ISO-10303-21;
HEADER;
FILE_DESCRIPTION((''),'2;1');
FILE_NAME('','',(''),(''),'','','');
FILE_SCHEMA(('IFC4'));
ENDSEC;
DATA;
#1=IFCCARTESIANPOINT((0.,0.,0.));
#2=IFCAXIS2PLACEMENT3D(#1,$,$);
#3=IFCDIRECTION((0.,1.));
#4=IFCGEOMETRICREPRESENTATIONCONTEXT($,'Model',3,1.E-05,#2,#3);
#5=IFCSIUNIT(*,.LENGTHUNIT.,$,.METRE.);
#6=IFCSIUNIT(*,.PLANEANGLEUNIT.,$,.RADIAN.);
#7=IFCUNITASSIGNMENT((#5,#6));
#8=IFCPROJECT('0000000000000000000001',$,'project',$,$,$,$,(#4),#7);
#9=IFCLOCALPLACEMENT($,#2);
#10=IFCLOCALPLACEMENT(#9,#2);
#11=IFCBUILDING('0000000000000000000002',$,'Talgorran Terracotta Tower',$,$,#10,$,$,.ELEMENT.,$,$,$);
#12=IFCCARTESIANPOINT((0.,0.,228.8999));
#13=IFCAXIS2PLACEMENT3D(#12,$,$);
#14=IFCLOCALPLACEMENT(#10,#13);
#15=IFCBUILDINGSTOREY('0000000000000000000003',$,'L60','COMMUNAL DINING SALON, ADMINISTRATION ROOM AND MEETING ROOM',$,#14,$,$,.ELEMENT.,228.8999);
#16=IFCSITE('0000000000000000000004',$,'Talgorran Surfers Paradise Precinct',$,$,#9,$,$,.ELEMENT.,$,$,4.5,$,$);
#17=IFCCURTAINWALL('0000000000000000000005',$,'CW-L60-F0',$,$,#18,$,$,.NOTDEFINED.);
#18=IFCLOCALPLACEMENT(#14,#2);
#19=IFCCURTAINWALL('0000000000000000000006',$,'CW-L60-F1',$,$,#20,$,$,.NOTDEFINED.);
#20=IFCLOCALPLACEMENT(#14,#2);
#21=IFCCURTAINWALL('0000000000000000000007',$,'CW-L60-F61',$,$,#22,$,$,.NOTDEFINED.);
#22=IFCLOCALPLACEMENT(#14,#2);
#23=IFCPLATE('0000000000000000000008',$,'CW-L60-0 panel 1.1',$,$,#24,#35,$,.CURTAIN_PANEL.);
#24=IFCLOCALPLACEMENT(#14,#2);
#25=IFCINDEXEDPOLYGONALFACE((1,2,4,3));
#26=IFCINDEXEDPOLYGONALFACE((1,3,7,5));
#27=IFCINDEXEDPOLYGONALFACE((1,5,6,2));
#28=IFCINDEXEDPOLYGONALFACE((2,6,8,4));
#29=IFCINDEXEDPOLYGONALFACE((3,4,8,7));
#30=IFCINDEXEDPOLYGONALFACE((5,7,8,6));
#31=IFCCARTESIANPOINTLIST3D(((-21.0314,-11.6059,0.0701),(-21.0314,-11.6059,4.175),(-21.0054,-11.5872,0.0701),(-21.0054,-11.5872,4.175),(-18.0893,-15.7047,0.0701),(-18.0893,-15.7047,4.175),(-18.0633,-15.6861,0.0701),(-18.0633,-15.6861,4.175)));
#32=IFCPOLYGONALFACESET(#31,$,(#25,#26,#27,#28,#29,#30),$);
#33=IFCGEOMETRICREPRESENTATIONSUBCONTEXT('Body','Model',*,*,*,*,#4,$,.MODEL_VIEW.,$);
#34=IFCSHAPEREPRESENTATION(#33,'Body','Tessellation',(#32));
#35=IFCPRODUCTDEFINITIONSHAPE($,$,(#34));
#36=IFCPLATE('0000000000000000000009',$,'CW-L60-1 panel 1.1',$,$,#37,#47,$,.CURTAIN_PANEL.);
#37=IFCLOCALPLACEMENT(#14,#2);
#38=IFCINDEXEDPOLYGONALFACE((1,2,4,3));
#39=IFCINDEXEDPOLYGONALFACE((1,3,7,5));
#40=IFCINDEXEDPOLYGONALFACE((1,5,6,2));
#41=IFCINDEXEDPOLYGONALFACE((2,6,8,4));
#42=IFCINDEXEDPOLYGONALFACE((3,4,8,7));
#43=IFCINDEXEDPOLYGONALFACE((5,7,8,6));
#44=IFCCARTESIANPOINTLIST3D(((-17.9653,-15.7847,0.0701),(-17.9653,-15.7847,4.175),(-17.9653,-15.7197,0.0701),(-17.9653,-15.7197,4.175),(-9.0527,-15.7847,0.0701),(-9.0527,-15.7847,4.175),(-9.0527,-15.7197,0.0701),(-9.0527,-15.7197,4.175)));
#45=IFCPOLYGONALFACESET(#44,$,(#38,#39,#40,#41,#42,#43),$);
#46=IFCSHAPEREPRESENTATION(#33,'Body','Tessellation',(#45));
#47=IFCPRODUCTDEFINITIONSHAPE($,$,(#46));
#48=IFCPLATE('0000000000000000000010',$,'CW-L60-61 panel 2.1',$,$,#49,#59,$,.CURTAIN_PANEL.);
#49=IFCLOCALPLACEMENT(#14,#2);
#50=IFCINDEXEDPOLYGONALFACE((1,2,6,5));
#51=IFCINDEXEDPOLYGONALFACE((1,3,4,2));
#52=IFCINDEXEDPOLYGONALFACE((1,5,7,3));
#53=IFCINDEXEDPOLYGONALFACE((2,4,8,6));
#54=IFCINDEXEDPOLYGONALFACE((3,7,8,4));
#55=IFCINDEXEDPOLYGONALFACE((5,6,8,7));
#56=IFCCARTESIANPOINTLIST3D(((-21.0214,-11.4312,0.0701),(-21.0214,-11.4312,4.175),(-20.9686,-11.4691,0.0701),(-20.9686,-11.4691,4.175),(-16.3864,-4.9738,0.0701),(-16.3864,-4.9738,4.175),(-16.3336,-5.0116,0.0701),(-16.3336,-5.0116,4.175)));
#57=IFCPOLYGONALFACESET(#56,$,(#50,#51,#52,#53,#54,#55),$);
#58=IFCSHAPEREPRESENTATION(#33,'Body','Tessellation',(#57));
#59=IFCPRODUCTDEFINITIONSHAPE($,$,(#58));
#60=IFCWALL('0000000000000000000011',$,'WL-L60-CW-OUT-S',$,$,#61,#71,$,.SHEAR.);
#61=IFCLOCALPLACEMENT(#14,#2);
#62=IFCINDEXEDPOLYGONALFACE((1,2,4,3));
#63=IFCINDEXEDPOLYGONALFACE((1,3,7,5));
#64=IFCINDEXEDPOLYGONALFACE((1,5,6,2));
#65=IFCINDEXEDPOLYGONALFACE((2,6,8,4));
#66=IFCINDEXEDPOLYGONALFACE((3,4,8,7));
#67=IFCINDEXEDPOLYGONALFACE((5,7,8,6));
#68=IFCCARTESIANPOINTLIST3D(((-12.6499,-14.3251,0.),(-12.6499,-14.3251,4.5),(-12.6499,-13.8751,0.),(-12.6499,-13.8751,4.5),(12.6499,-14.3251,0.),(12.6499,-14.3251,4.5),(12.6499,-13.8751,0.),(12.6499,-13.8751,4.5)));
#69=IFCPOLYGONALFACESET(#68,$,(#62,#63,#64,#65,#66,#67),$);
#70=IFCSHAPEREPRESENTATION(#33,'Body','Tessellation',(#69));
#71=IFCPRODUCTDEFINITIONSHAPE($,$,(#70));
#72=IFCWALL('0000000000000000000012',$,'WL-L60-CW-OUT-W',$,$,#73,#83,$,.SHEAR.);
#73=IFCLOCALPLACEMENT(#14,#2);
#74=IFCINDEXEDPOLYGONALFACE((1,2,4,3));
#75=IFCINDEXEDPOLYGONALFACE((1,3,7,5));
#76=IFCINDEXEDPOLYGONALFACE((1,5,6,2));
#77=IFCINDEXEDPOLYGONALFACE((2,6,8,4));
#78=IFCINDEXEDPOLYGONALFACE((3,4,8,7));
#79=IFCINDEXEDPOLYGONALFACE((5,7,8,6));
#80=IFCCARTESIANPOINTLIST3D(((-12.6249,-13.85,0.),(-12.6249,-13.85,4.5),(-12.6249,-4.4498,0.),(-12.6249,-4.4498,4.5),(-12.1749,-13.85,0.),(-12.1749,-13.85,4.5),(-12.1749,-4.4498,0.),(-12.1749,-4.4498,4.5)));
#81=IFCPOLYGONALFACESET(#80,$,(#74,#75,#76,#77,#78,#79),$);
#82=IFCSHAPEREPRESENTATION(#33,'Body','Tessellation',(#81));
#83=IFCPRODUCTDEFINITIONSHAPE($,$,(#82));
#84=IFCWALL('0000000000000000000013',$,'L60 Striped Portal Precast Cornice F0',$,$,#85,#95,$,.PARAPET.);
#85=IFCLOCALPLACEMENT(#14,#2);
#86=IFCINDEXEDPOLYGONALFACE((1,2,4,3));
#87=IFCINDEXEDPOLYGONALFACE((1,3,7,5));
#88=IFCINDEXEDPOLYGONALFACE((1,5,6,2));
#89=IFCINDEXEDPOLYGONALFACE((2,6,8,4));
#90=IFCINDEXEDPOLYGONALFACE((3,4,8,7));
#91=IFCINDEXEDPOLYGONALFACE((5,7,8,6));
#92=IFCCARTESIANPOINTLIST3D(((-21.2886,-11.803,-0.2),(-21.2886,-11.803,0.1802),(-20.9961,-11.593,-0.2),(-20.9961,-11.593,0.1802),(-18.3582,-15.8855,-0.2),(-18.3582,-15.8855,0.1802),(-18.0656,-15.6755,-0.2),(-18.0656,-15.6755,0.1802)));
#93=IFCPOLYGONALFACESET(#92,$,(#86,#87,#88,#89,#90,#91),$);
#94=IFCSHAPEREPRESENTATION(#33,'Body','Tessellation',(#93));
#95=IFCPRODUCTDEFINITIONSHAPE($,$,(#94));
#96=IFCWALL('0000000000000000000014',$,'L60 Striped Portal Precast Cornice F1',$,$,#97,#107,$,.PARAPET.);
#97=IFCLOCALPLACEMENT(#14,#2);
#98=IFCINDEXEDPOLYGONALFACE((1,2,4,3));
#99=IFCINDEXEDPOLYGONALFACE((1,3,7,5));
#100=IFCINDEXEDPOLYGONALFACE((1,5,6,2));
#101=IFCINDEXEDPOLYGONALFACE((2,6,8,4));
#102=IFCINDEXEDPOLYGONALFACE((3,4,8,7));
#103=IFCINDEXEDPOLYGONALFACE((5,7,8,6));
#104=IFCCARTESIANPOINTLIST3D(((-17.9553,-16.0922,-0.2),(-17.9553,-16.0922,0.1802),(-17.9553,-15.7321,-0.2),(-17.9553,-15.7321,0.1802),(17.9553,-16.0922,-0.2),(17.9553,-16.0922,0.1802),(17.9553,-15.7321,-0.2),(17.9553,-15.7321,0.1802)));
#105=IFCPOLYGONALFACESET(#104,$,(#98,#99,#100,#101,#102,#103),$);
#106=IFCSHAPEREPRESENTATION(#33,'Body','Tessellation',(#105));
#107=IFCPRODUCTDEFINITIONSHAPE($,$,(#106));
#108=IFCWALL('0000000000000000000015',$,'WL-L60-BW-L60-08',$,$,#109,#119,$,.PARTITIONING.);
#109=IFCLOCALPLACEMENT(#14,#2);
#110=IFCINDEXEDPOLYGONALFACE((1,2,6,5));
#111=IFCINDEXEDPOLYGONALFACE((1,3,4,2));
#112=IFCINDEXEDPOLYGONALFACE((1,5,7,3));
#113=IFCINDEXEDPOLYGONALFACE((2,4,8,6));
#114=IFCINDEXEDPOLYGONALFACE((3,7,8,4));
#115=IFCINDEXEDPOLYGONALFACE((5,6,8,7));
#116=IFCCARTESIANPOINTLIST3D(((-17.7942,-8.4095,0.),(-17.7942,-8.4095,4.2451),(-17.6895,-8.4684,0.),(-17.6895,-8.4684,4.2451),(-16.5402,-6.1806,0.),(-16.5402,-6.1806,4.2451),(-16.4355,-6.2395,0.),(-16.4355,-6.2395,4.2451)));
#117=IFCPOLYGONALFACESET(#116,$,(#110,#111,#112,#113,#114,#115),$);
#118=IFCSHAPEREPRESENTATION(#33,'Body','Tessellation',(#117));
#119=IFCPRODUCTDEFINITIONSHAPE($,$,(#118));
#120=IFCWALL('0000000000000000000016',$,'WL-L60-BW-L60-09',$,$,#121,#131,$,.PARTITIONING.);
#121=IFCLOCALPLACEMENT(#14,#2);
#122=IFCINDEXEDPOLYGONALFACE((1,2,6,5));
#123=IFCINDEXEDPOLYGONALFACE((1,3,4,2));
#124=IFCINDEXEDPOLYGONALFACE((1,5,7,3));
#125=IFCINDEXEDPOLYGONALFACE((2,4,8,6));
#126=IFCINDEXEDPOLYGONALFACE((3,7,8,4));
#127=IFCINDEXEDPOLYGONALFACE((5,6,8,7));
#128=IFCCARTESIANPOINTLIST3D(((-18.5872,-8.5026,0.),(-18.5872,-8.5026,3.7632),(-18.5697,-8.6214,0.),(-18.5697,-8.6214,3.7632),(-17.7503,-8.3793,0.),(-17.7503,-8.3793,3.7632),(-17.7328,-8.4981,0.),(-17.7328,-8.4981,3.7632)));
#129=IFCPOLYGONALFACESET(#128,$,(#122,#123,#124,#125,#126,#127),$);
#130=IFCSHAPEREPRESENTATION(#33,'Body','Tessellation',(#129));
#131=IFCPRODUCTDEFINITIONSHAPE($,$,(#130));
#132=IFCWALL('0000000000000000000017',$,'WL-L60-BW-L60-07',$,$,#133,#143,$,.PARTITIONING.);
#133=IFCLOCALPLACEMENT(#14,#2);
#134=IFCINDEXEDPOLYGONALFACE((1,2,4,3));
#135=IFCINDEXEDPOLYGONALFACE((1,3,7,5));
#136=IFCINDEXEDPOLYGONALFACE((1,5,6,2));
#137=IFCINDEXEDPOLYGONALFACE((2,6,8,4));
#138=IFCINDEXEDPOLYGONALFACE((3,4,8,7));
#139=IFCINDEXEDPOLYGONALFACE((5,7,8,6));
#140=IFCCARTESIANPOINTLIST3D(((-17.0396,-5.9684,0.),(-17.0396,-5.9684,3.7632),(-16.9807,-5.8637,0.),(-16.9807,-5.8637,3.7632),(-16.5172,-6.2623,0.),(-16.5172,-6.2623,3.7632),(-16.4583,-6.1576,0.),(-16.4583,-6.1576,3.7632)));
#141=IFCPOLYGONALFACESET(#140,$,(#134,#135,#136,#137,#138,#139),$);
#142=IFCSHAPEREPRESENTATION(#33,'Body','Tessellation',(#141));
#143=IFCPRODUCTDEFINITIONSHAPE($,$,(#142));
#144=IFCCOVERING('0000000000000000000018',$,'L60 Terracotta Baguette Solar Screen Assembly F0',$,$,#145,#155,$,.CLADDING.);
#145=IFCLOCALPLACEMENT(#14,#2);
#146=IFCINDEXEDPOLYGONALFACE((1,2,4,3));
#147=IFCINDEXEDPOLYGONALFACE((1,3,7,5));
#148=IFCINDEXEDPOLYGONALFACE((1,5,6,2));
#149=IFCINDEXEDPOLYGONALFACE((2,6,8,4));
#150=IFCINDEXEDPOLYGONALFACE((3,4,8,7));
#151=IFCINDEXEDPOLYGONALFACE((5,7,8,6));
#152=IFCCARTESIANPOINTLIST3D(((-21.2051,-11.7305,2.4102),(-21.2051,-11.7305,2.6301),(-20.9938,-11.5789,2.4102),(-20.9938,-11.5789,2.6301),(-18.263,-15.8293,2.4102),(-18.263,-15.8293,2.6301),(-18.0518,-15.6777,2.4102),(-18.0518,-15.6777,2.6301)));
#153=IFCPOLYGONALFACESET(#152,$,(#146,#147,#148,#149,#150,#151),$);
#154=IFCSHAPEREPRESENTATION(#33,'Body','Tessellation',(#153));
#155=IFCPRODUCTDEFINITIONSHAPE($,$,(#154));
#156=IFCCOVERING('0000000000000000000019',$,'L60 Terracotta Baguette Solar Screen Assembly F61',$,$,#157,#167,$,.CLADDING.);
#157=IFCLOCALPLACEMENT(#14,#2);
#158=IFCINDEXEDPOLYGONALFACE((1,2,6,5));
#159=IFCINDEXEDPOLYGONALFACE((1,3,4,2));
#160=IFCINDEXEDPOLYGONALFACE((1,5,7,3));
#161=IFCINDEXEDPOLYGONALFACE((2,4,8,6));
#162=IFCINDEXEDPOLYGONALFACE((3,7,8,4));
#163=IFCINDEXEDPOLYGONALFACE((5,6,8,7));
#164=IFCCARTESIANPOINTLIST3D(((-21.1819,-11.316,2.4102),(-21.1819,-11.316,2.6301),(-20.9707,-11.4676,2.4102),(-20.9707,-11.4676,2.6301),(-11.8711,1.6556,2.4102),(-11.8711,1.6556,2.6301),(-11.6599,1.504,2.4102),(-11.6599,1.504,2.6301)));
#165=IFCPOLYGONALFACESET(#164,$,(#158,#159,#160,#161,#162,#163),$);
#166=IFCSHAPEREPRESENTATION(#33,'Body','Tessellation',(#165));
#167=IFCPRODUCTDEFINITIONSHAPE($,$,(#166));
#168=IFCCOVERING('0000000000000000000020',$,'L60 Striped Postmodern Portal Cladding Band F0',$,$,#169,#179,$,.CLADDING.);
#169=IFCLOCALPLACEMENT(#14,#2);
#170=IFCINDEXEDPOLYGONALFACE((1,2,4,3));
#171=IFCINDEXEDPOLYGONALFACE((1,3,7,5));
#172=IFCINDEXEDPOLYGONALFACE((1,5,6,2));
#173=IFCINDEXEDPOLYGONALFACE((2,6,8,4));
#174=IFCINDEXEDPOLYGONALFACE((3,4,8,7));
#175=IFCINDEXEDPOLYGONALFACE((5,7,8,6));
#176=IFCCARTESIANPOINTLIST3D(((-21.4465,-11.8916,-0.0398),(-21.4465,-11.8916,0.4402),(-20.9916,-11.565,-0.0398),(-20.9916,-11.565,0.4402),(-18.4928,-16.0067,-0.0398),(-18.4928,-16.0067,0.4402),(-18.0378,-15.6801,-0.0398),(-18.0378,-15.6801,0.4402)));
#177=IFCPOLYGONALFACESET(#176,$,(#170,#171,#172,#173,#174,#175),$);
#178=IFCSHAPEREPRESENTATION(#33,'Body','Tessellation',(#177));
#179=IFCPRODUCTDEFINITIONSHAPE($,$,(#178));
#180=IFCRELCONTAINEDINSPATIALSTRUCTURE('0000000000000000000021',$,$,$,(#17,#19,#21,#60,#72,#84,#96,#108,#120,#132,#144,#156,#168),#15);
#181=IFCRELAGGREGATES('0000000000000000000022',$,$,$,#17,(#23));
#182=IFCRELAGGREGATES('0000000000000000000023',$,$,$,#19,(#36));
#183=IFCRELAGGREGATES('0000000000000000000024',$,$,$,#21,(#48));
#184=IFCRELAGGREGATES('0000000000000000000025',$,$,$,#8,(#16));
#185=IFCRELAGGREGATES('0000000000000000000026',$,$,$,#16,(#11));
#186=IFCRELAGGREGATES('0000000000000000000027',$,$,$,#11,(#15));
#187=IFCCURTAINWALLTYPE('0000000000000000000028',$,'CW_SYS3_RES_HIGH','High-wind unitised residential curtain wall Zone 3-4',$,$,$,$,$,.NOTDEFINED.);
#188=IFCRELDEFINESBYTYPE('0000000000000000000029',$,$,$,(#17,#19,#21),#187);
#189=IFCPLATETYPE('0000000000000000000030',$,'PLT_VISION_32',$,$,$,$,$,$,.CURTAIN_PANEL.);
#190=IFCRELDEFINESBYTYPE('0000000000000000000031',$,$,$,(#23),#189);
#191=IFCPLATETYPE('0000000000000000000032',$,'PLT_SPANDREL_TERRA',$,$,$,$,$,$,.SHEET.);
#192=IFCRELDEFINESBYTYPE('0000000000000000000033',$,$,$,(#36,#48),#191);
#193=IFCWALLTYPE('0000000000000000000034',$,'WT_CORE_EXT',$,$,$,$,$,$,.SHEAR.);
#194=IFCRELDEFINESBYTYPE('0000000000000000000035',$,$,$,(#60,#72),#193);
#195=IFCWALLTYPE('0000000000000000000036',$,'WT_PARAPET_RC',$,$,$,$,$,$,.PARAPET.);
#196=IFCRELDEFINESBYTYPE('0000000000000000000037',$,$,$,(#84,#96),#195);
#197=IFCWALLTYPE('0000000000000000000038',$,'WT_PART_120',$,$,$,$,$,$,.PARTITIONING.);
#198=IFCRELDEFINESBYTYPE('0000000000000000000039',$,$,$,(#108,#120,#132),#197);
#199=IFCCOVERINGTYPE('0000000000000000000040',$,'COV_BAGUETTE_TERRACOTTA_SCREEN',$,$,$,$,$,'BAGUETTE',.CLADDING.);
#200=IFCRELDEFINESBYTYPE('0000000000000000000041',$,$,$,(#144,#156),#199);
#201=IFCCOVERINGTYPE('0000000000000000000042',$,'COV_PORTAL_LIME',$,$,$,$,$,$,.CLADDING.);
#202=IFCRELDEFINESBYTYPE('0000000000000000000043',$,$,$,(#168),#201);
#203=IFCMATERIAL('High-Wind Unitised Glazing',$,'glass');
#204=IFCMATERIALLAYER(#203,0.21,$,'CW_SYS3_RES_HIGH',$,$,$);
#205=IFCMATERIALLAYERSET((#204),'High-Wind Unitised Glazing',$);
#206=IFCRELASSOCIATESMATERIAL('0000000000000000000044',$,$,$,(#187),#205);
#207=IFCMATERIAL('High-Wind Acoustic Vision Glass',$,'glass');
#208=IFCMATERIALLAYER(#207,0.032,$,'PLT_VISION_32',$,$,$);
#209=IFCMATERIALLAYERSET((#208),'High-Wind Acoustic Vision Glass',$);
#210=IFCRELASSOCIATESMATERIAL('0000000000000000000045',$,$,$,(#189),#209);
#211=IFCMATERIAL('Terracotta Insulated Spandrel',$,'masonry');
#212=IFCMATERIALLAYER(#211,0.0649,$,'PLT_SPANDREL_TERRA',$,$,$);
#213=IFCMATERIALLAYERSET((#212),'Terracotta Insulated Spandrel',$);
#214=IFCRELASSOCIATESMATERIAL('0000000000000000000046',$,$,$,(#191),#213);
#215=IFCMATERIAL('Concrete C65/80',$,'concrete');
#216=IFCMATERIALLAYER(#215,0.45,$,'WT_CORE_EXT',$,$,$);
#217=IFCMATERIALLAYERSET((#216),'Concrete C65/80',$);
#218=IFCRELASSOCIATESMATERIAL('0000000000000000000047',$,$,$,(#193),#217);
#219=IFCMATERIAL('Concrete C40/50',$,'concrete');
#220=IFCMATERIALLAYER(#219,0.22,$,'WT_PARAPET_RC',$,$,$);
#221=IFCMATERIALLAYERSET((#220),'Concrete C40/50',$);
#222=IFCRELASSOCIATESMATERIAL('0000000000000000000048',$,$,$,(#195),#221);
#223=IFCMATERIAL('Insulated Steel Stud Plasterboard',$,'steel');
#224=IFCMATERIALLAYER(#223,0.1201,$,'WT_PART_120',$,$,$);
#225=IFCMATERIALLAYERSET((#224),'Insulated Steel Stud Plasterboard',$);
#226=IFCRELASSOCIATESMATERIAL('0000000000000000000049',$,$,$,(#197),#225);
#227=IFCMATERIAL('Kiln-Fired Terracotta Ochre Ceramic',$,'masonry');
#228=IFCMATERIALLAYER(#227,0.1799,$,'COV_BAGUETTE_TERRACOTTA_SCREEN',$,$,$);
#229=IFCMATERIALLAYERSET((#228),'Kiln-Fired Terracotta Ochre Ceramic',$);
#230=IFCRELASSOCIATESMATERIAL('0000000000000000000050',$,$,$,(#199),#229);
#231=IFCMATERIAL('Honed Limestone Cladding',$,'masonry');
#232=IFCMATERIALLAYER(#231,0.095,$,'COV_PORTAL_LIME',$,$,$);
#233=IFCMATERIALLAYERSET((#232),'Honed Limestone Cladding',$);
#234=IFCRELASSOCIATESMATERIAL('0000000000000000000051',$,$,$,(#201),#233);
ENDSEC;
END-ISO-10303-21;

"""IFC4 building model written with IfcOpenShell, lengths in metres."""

from ifc_helpers import new_model, si_unit, direction, frame, frame_2d, origin, origin_2d, place, context, subcontext, project, spatial, rectangle, extrude, source, transform, mapped, material, layer, layer_set, type_object, type_shapes, element, aggregate, save


model = new_model("IFC4")

# Units and contexts
model_context = context("Model", 3, precision=1e-05, world=origin(), true_north=direction((0.0, 1.0)))
body_context = subcontext(model_context, "Body", "Model", "MODEL_VIEW")
ifc_project = project(units=[si_unit("LENGTHUNIT", "METRE"), si_unit("PLANEANGLEUNIT", "RADIAN")], contexts=[model_context])

# Site, building, storey
site_placement = place(None, origin())
site = spatial("IfcSite", under=ifc_project, at=site_placement, Name="Talgorran Surfers Paradise Precinct", CompositionType="ELEMENT", RefElevation=4.5)
building_placement = place(site_placement, origin())
building = spatial("IfcBuilding", under=site, at=building_placement, Name="Talgorran Terracotta Tower", CompositionType="ELEMENT")
storey_placement = place(building_placement, frame((0.0, 0.0, 228.8999)))
storey = spatial("IfcBuildingStorey", under=building, at=storey_placement, Name="L60", Description="COMMUNAL DINING SALON, ADMINISTRATION ROOM AND MEETING ROOM", CompositionType="ELEMENT", Elevation=228.8999)

# Curtain wall
ifc_material_1 = material(Name="High-Wind Unitised Glazing", Category="glass")
ifc_layer_1 = layer(ifc_material_1, 0.21, Name="CW_SYS3_RES_HIGH")
ifc_layer_set_1 = layer_set([ifc_layer_1], Name="High-Wind Unitised Glazing")
curtain_wall_type = type_object("IfcCurtainWallType", Name="CW_SYS3_RES_HIGH", Description="High-wind unitised residential curtain wall Zone 3-4", PredefinedType="NOTDEFINED", material=ifc_layer_set_1)
curtain_wall_1_placement = place(storey_placement, origin())
curtain_wall_1 = element("IfcCurtainWall", 1, at=curtain_wall_1_placement, inside=storey, type_object=curtain_wall_type, Name="CW-L60-F0", PredefinedType="NOTDEFINED")

# Curtain wall
curtain_wall_2_placement = place(storey_placement, origin())
curtain_wall_2 = element("IfcCurtainWall", 2, at=curtain_wall_2_placement, inside=storey, type_object=curtain_wall_type, Name="CW-L60-F1", PredefinedType="NOTDEFINED")

# Curtain wall
curtain_wall_3_placement = place(storey_placement, origin())
curtain_wall_3 = element("IfcCurtainWall", 3, at=curtain_wall_3_placement, inside=storey, type_object=curtain_wall_type, Name="CW-L60-F61", PredefinedType="NOTDEFINED")

# Plates
ifc_material_2 = material(Name="High-Wind Acoustic Vision Glass", Category="glass")
ifc_layer_2 = layer(ifc_material_2, 0.032, Name="PLT_VISION_32")
ifc_layer_set_2 = layer_set([ifc_layer_2], Name="High-Wind Acoustic Vision Glass")
plate_type_1 = type_object("IfcPlateType", Name="PLT_VISION_32", PredefinedType="CURTAIN_PANEL", material=ifc_layer_set_2)
shared_shape_1 = source(origin(), body_context, "Body", "SweptSolid", [
    extrude(rectangle(XDim=5.0454, YDim=0.032, at=origin_2d()), origin(), (0.0, 0.0, 1.0), 4.105),
])
type_shapes(plate_type_1, [shared_shape_1])
plate_1_placement = place(storey_placement, frame((-19.5474, -13.646, 0.0701), z_axis=(0.0, 0.0, 1.0), x_axis=(0.583114, -0.81239, 0.0)))
plate_1 = element("IfcPlate", 4, at=plate_1_placement, type_object=plate_type_1, Name="CW-L60-0 panel 1.1", PredefinedType="CURTAIN_PANEL", context=body_context, shape_type="MappedRepresentation", body=[
    mapped(shared_shape_1, transform((0.0, 0.0, 0.0), scale=1.0)),
])
aggregate(curtain_wall_1, [plate_1])
ifc_material_3 = material(Name="Terracotta Insulated Spandrel", Category="masonry")
ifc_layer_3 = layer(ifc_material_3, 0.0649, Name="PLT_SPANDREL_TERRA")
ifc_layer_set_3 = layer_set([ifc_layer_3], Name="Terracotta Insulated Spandrel")
plate_type_2 = type_object("IfcPlateType", Name="PLT_SPANDREL_TERRA", PredefinedType="SHEET", material=ifc_layer_set_3)
shared_shape_2 = source(origin(), body_context, "Body", "SweptSolid", [
    extrude(rectangle(XDim=8.9126, YDim=0.0649, at=origin_2d()), origin(), (0.0, 0.0, 1.0), 4.105),
])
plate_2_placement = place(storey_placement, frame((-13.509, -15.7522, 0.0701), z_axis=(0.0, 0.0, 1.0), x_axis=(1.0, 0.0, 0.0)))
plate_2 = element("IfcPlate", 5, at=plate_2_placement, type_object=plate_type_2, Name="CW-L60-1 panel 1.1", PredefinedType="CURTAIN_PANEL", context=body_context, shape_type="MappedRepresentation", body=[
    mapped(shared_shape_2, transform((0.0, 0.0, 0.0), scale=1.0)),
])
aggregate(curtain_wall_2, [plate_2])
shared_shape_3 = source(origin(), body_context, "Body", "SweptSolid", [
    extrude(rectangle(XDim=7.9487, YDim=0.0649, at=origin_2d()), origin(), (0.0, 0.0, 1.0), 4.105),
])
type_shapes(plate_type_2, [shared_shape_2, shared_shape_3])
plate_3_placement = place(storey_placement, frame((-18.6775, -8.2214, 0.0701), z_axis=(0.0, 0.0, 1.0), x_axis=(-0.583116, -0.812389, 0.0)))
plate_3 = element("IfcPlate", 6, at=plate_3_placement, type_object=plate_type_2, Name="CW-L60-61 panel 2.1", PredefinedType="CURTAIN_PANEL", context=body_context, shape_type="MappedRepresentation", body=[
    mapped(shared_shape_3, transform((0.0, 0.0, 0.0), scale=1.0)),
])
aggregate(curtain_wall_3, [plate_3])

# Walls
ifc_material_4 = material(Name="Concrete C65/80", Category="concrete")
ifc_layer_4 = layer(ifc_material_4, 0.45, Name="WT_CORE_EXT")
ifc_layer_set_4 = layer_set([ifc_layer_4], Name="Concrete C65/80")
wall_type_1 = type_object("IfcWallType", Name="WT_CORE_EXT", PredefinedType="SHEAR", material=ifc_layer_set_4)
wall_1_placement = place(storey_placement, frame((-12.6499, -14.1001, 0.0), z_axis=(0.0, 0.0, 1.0), x_axis=(1.0, 0.0, 0.0)))
element("IfcWall", 7, at=wall_1_placement, inside=storey, type_object=wall_type_1, Name="WL-L60-CW-OUT-S", PredefinedType="SHEAR", context=body_context, shape_type="SweptSolid", body=[
    extrude(rectangle(XDim=25.2998, YDim=0.45, at=frame_2d((12.6499, 0.0))), origin(), (0.0, 0.0, 1.0), 4.5),
])
wall_2_placement = place(storey_placement, frame((-12.3999, -13.8501, 0.0), z_axis=(0.0, 0.0, 1.0), x_axis=(0.0, 1.0, 0.0)))
element("IfcWall", 8, at=wall_2_placement, inside=storey, type_object=wall_type_1, Name="WL-L60-CW-OUT-W", PredefinedType="SHEAR", context=body_context, shape_type="SweptSolid", body=[
    extrude(rectangle(XDim=9.4001, YDim=0.45, at=frame_2d((4.7002, 0.0))), origin(), (0.0, 0.0, 1.0), 4.5),
])
ifc_material_5 = material(Name="Concrete C40/50", Category="concrete")
ifc_layer_5 = layer(ifc_material_5, 0.22, Name="WT_PARAPET_RC")
ifc_layer_set_5 = layer_set([ifc_layer_5], Name="Concrete C40/50")
wall_type_2 = type_object("IfcWallType", Name="WT_PARAPET_RC", PredefinedType="PARAPET", material=ifc_layer_set_5)
wall_3_placement = place(storey_placement, frame((-21.1423, -11.698, -0.2), z_axis=(0.0, 0.0, 1.0), x_axis=(0.583125, -0.812382, 0.0)))
element("IfcWall", 9, at=wall_3_placement, inside=storey, type_object=wall_type_2, Name="L60 Striped Portal Precast Cornice F0", PredefinedType="PARAPET", context=body_context, shape_type="SweptSolid", body=[
    extrude(rectangle(XDim=5.0254, YDim=0.3601, at=frame_2d((2.5127, 0.0))), origin(), (0.0, 0.0, 1.0), 0.3801),
])
wall_4_placement = place(storey_placement, frame((-17.9553, -15.9121, -0.2), z_axis=(0.0, 0.0, 1.0), x_axis=(1.0, 0.0, 0.0)))
element("IfcWall", 10, at=wall_4_placement, inside=storey, type_object=wall_type_2, Name="L60 Striped Portal Precast Cornice F1", PredefinedType="PARAPET", context=body_context, shape_type="SweptSolid", body=[
    extrude(rectangle(XDim=35.9106, YDim=0.3601, at=frame_2d((17.9553, 0.0))), origin(), (0.0, 0.0, 1.0), 0.3801),
])
ifc_material_6 = material(Name="Insulated Steel Stud Plasterboard", Category="steel")
ifc_layer_6 = layer(ifc_material_6, 0.1201, Name="WT_PART_120")
ifc_layer_set_6 = layer_set([ifc_layer_6], Name="Insulated Steel Stud Plasterboard")
wall_type_3 = type_object("IfcWallType", Name="WT_PART_120", PredefinedType="PARTITIONING", material=ifc_layer_set_6)
wall_5_placement = place(storey_placement, frame((-16.4878, -6.21, 0.0), z_axis=(0.0, 0.0, 1.0), x_axis=(-0.490329, -0.871537, 0.0)))
element("IfcWall", 11, at=wall_5_placement, inside=storey, type_object=wall_type_3, Name="WL-L60-BW-L60-08", PredefinedType="PARTITIONING", context=body_context, shape_type="SweptSolid", body=[
    extrude(rectangle(XDim=2.5574, YDim=0.1201, at=frame_2d((1.2788, 0.0))), origin(), (0.0, 0.0, 1.0), 4.2451),
])
wall_6_placement = place(storey_placement, frame((-17.7417, -8.4387, 0.0), z_axis=(0.0, 0.0, 1.0), x_axis=(-0.989322, -0.145743, 0.0)))
element("IfcWall", 12, at=wall_6_placement, inside=storey, type_object=wall_type_3, Name="WL-L60-BW-L60-09", PredefinedType="PARTITIONING", context=body_context, shape_type="SweptSolid", body=[
    extrude(rectangle(XDim=0.8459, YDim=0.1201, at=frame_2d((0.4229, 0.0))), origin(), (0.0, 0.0, 1.0), 3.7632),
])
wall_7_placement = place(storey_placement, frame((-17.0103, -5.916, 0.0), z_axis=(0.0, 0.0, 1.0), x_axis=(0.871532, -0.490339, 0.0)))
element("IfcWall", 13, at=wall_7_placement, inside=storey, type_object=wall_type_3, Name="WL-L60-BW-L60-07", PredefinedType="PARTITIONING", context=body_context, shape_type="SweptSolid", body=[
    extrude(rectangle(XDim=0.5994, YDim=0.1201, at=frame_2d((0.2998, 0.0))), origin(), (0.0, 0.0, 1.0), 3.7632),
])

# Coverings
ifc_material_7 = material(Name="Kiln-Fired Terracotta Ochre Ceramic", Category="masonry")
ifc_layer_7 = layer(ifc_material_7, 0.1799, Name="COV_BAGUETTE_TERRACOTTA_SCREEN")
ifc_layer_set_7 = layer_set([ifc_layer_7], Name="Kiln-Fired Terracotta Ochre Ceramic")
covering_type_1 = type_object("IfcCoveringType", Name="COV_BAGUETTE_TERRACOTTA_SCREEN", ElementType="BAGUETTE", PredefinedType="CLADDING", material=ifc_layer_set_7)
covering_1_placement = place(storey_placement, frame((-19.6284, -13.7041, 2.4102), z_axis=(0.0, 0.0, 1.0), x_axis=(0.583116, -0.812389, 0.0)))
element("IfcCovering", 14, at=covering_1_placement, inside=storey, type_object=covering_type_1, Name="L60 Terracotta Baguette Solar Screen Assembly F0", PredefinedType="CLADDING", context=body_context, shape_type="SweptSolid", body=[
    extrude(rectangle(XDim=5.0454, YDim=0.26, at=origin_2d()), origin(), (0.0, 0.0, 1.0), 0.22),
])
covering_2_placement = place(storey_placement, frame((-16.4209, -4.906, 2.4102), z_axis=(0.0, 0.0, 1.0), x_axis=(-0.583116, -0.812389, 0.0)))
element("IfcCovering", 15, at=covering_2_placement, inside=storey, type_object=covering_type_1, Name="L60 Terracotta Baguette Solar Screen Assembly F61", PredefinedType="CLADDING", context=body_context, shape_type="SweptSolid", body=[
    extrude(rectangle(XDim=15.9673, YDim=0.26, at=origin_2d()), origin(), (0.0, 0.0, 1.0), 0.22),
])
ifc_material_8 = material(Name="Honed Limestone Cladding", Category="masonry")
ifc_layer_8 = layer(ifc_material_8, 0.095, Name="COV_PORTAL_LIME")
ifc_layer_set_8 = layer_set([ifc_layer_8], Name="Honed Limestone Cladding")
covering_type_2 = type_object("IfcCoveringType", Name="COV_PORTAL_LIME", PredefinedType="CLADDING", material=ifc_layer_set_8)
covering_3_placement = place(storey_placement, frame((-19.7422, -13.7859, -0.0398), z_axis=(0.0, 0.0, 1.0), x_axis=(0.583116, -0.812389, 0.0)))
element("IfcCovering", 16, at=covering_3_placement, inside=storey, type_object=covering_type_2, Name="L60 Striped Postmodern Portal Cladding Band F0", PredefinedType="CLADDING", context=body_context, shape_type="SweptSolid", body=[
    extrude(rectangle(XDim=5.0654, YDim=0.5601, at=origin_2d()), origin(), (0.0, 0.0, 1.0), 0.48),
])

save(model, "model.ifc")
